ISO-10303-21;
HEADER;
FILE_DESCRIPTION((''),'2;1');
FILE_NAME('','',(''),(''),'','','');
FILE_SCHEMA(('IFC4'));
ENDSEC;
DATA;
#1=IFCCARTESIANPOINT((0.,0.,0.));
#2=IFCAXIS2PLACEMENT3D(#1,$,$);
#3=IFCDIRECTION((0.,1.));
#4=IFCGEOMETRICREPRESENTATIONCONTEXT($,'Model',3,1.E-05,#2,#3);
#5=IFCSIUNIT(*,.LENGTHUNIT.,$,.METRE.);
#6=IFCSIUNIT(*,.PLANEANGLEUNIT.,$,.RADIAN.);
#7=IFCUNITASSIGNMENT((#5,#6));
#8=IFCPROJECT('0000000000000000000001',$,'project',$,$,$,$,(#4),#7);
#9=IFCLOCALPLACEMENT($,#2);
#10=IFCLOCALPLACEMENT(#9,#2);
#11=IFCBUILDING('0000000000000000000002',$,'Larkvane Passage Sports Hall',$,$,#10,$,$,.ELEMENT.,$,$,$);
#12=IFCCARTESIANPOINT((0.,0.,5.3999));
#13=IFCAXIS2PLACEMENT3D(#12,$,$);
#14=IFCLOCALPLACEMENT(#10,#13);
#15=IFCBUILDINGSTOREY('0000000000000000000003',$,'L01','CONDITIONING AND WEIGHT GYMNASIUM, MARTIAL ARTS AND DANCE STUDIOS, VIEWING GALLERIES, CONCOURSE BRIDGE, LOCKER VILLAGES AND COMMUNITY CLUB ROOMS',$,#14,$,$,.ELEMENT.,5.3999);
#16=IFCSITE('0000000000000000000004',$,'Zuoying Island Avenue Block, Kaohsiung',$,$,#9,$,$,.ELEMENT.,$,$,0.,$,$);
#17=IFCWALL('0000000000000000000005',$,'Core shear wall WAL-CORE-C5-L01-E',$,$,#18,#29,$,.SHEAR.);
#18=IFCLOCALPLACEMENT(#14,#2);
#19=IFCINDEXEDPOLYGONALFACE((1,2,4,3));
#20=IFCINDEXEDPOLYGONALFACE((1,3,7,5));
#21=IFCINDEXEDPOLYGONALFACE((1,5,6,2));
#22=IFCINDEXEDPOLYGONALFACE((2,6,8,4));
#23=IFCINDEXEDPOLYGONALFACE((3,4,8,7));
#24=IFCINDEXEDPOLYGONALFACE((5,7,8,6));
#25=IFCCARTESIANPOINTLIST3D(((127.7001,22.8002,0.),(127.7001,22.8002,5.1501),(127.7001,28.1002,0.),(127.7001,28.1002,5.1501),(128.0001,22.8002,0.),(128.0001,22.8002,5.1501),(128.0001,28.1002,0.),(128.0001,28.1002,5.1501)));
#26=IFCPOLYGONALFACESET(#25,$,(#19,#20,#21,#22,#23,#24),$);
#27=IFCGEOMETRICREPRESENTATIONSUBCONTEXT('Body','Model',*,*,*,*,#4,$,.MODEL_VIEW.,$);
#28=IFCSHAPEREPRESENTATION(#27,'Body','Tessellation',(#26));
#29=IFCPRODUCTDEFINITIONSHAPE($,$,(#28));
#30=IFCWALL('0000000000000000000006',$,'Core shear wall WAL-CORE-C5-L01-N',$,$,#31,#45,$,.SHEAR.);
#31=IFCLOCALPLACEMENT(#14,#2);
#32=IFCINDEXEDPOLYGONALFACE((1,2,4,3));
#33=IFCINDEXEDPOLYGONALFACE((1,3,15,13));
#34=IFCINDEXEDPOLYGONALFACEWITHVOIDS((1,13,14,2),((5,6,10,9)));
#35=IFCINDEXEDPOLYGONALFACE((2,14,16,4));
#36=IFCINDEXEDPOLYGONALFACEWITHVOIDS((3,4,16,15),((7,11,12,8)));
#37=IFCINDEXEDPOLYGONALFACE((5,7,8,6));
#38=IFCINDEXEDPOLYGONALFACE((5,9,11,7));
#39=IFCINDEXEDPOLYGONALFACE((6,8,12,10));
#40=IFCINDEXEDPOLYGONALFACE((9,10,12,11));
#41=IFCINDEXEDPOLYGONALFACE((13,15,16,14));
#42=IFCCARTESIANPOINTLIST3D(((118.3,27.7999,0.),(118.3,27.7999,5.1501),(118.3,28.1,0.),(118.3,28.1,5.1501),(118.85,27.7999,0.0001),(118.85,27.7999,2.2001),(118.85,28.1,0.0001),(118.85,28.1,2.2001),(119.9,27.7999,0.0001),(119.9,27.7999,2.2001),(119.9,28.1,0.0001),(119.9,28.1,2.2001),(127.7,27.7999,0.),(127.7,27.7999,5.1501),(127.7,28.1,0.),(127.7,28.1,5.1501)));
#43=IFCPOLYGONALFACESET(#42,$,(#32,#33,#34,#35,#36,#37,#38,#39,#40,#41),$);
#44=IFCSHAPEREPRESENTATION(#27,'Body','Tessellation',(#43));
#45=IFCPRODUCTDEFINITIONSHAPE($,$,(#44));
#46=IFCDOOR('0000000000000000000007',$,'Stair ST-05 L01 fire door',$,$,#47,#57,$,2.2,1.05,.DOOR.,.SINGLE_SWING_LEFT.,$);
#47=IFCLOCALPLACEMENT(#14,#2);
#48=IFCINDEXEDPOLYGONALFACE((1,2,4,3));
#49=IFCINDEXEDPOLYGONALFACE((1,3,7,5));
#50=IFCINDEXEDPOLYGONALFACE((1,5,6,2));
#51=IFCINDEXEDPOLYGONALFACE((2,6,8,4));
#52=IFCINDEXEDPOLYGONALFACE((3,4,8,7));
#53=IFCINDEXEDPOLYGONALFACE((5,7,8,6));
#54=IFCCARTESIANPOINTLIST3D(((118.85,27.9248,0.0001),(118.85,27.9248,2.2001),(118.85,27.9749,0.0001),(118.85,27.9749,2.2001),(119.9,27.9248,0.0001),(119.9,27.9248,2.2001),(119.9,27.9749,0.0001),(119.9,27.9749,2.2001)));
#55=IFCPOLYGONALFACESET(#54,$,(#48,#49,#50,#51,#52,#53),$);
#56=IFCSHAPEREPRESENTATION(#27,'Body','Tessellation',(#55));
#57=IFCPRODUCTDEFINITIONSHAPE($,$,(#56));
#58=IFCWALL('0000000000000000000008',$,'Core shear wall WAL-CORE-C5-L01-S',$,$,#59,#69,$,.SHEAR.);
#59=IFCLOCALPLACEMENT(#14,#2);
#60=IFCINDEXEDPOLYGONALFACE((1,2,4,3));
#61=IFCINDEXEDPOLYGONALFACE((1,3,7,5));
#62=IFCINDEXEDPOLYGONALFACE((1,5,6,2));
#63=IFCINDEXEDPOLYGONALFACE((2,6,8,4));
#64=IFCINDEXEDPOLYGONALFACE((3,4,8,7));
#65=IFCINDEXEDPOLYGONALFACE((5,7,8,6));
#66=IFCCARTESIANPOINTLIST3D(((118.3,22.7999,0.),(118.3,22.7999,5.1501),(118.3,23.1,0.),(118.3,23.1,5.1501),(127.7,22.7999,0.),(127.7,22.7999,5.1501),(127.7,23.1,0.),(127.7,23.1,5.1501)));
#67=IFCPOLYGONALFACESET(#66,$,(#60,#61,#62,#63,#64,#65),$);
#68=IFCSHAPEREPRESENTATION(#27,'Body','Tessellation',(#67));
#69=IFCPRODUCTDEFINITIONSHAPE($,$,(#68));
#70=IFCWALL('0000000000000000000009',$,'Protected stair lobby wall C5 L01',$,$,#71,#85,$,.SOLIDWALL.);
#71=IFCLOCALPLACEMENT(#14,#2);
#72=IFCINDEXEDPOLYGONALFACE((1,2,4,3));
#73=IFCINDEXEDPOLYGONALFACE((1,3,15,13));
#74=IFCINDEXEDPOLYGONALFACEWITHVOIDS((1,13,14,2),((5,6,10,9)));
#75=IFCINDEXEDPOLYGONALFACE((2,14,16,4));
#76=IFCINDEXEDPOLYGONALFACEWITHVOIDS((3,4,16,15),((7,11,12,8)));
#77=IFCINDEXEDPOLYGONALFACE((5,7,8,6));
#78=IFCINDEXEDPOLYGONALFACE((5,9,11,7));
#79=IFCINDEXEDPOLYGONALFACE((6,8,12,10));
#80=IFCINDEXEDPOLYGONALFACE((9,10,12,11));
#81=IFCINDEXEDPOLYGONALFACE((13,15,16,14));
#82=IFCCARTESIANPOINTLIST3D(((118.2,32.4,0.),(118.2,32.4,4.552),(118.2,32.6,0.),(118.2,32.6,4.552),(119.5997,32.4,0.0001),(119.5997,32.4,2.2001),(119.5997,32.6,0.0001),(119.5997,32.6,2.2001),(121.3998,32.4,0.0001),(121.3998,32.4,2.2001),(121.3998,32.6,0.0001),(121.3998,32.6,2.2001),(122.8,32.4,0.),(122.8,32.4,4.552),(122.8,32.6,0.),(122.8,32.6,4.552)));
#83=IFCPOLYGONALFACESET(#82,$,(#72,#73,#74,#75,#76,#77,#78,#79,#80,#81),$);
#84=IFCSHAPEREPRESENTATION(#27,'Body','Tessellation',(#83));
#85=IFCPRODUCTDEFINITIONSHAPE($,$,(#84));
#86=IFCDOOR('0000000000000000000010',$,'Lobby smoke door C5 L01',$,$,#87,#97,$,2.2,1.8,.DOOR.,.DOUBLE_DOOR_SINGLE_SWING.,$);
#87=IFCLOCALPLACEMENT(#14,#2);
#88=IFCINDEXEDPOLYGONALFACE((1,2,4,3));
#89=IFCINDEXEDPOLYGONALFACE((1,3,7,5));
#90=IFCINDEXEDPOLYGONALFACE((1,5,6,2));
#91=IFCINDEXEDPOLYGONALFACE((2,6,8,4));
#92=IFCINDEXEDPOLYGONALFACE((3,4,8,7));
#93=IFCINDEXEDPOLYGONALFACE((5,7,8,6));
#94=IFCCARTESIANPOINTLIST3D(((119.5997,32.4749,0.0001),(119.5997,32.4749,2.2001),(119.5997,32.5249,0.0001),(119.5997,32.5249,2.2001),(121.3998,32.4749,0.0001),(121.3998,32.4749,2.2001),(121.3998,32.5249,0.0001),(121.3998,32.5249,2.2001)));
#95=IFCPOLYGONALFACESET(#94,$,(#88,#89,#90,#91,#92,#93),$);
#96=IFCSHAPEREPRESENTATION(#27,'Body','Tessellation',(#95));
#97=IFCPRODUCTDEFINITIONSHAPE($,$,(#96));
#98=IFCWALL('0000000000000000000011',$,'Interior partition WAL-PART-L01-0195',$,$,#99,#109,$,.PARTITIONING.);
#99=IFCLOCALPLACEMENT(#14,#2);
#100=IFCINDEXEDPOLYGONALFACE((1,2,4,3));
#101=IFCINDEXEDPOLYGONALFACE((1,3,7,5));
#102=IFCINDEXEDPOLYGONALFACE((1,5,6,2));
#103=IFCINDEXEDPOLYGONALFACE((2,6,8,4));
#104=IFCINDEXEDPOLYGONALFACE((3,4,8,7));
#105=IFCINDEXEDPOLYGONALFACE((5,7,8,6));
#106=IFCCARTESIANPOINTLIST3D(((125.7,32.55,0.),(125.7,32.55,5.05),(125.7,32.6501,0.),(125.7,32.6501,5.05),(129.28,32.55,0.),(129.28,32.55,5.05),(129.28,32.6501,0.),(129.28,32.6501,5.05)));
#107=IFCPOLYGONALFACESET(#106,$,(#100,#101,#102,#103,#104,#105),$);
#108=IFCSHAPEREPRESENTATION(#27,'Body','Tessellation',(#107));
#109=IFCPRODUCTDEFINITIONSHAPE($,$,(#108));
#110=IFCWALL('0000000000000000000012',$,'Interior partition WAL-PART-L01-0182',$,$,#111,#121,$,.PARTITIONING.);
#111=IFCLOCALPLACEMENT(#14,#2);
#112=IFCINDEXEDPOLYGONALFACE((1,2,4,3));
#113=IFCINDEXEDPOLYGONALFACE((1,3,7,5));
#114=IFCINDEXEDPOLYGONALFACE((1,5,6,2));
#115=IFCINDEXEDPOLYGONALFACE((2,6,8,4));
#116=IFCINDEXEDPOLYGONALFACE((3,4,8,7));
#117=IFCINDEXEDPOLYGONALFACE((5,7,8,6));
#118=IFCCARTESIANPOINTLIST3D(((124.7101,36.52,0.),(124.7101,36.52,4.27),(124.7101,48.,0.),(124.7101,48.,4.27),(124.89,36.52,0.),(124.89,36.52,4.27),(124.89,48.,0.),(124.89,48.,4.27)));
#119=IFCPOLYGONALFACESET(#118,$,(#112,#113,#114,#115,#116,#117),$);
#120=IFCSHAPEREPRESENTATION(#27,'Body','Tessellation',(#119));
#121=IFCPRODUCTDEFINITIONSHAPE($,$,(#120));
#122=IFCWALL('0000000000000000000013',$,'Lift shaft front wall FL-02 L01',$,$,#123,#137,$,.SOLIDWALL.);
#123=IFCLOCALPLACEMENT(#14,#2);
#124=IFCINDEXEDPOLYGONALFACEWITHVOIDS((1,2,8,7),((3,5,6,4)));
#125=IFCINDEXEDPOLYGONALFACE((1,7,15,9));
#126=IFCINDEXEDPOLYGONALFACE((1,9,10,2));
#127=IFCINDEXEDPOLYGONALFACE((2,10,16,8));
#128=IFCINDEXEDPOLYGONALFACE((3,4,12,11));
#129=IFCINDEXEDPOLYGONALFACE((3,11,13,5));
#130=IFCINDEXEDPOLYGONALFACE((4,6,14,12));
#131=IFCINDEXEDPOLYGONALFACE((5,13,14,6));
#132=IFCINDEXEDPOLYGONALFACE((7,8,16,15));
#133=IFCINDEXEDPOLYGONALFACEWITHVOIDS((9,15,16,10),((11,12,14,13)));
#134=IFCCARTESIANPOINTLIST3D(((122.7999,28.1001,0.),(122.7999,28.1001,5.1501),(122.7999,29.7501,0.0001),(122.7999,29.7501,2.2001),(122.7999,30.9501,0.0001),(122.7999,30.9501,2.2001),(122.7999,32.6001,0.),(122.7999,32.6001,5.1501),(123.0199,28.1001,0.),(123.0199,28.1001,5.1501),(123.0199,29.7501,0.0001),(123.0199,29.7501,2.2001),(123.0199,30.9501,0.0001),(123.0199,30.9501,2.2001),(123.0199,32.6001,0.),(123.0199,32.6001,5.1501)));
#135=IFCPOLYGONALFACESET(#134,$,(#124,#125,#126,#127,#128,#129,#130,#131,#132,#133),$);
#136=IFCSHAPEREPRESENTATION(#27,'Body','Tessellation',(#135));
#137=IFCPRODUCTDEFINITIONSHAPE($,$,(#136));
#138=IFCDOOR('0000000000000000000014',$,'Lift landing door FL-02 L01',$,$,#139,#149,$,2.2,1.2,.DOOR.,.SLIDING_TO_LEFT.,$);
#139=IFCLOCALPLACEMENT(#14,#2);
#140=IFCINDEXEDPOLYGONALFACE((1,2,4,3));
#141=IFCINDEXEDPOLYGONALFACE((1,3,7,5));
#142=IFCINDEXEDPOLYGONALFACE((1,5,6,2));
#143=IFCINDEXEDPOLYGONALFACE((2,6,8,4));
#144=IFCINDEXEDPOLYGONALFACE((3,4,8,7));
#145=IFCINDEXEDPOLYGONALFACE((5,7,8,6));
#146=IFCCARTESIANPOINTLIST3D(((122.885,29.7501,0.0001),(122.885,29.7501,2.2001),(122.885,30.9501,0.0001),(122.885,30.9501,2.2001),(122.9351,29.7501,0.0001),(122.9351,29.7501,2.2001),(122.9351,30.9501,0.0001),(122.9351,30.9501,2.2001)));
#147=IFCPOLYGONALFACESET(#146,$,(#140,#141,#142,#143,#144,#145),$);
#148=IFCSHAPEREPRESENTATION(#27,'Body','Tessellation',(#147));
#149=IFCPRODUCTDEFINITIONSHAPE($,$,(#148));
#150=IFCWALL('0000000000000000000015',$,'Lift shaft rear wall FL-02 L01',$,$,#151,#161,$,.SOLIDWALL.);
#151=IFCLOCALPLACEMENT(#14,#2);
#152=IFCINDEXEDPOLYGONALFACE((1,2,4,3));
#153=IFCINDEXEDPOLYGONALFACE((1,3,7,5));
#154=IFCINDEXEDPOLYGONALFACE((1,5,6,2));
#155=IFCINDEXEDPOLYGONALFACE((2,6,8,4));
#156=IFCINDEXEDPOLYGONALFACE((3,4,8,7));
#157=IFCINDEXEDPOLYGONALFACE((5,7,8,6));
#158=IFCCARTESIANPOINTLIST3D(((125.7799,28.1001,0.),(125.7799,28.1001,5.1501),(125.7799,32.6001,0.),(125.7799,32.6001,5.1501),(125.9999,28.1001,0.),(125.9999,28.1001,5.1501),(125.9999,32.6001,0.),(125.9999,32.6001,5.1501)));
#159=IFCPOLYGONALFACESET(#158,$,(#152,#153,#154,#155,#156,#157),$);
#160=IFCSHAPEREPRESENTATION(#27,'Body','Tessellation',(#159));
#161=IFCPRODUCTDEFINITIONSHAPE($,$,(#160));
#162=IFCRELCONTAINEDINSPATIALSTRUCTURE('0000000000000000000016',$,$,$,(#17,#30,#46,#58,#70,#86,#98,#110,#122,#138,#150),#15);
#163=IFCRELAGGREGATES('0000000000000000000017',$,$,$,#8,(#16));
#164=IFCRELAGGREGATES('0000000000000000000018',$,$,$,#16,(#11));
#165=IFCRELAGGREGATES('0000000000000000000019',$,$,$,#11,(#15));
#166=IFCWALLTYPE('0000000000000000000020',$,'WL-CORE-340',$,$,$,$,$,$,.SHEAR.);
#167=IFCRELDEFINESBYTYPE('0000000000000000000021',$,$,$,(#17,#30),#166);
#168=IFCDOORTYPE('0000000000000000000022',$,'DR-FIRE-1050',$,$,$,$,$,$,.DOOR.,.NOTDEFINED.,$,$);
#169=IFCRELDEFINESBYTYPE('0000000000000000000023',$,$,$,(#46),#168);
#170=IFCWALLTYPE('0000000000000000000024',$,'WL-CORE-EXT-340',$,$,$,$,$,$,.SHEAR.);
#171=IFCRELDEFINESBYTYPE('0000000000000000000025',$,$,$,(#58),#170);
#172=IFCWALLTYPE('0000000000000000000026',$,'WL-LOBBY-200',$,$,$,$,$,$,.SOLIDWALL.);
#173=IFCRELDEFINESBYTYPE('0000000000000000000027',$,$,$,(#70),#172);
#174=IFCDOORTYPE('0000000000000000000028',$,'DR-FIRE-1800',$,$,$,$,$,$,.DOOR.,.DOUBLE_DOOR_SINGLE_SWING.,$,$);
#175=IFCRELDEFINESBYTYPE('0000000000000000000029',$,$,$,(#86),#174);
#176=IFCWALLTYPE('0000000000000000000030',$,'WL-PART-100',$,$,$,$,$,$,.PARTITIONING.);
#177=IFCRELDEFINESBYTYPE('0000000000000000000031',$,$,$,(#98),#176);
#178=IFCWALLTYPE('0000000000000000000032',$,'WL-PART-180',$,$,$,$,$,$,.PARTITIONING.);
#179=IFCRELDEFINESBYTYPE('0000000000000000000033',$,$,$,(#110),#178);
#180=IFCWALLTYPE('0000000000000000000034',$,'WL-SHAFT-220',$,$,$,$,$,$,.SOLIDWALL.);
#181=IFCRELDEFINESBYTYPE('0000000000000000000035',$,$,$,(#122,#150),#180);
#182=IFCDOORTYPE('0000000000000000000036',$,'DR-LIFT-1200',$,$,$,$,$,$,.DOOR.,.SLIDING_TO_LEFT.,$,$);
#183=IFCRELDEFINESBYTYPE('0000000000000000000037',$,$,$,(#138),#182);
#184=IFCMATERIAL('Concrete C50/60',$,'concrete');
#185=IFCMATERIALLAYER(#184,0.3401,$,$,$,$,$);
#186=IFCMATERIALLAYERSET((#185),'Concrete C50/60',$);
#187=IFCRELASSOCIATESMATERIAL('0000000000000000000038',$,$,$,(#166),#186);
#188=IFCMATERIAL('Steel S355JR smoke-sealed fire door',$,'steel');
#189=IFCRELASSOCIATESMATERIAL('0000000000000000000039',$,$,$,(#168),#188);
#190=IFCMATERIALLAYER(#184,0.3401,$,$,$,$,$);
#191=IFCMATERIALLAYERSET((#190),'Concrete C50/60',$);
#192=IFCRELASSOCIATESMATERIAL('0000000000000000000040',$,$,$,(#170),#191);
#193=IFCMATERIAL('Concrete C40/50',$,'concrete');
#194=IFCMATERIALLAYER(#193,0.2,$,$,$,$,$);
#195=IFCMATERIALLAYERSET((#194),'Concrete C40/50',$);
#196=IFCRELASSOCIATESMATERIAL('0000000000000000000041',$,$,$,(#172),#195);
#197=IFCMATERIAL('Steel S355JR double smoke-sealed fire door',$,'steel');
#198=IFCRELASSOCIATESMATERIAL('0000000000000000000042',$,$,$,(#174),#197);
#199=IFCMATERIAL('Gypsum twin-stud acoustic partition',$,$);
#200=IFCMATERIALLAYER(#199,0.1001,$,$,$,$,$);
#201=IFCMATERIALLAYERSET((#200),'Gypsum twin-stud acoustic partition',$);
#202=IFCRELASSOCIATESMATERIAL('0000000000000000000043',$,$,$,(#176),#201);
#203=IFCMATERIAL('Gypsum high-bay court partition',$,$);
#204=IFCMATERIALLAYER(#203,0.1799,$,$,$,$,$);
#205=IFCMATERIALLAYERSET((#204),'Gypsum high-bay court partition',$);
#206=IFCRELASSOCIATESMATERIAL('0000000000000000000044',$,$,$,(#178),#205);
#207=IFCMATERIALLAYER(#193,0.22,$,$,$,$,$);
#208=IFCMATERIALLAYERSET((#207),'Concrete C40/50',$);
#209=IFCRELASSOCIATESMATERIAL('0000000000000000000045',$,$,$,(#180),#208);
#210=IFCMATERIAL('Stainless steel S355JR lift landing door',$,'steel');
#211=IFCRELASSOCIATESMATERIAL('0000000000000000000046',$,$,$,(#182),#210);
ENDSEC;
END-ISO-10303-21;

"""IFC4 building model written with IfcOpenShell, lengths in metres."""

from ifc_helpers import new_model, si_unit, direction, frame, frame_2d, origin, place, context, subcontext, project, spatial, rectangle, extrude, material, layer, layer_set, type_object, element, fill, save


model = new_model("IFC4")

# Units and contexts
model_context = context("Model", 3, precision=1e-05, world=origin(), true_north=direction((0.0, 1.0)))
body_context = subcontext(model_context, "Body", "Model", "MODEL_VIEW")
ifc_project = project(units=[si_unit("LENGTHUNIT", "METRE"), si_unit("PLANEANGLEUNIT", "RADIAN")], contexts=[model_context])

# Site, building, storey
site_placement = place(None, origin())
site = spatial("IfcSite", under=ifc_project, at=site_placement, Name="Zuoying Island Avenue Block, Kaohsiung", CompositionType="ELEMENT", RefElevation=0.0)
building_placement = place(site_placement, origin())
building = spatial("IfcBuilding", under=site, at=building_placement, Name="Larkvane Passage Sports Hall", CompositionType="ELEMENT")
storey_placement = place(building_placement, frame((0.0, 0.0, 5.3999)))
storey = spatial("IfcBuildingStorey", under=building, at=storey_placement, Name="L01", Description="CONDITIONING AND WEIGHT GYMNASIUM, MARTIAL ARTS AND DANCE STUDIOS, VIEWING GALLERIES, CONCOURSE BRIDGE, LOCKER VILLAGES AND COMMUNITY CLUB ROOMS", CompositionType="ELEMENT", Elevation=5.3999)

# Wall
ifc_material_1 = material(Name="Concrete C50/60", Category="concrete")
ifc_layer_1 = layer(ifc_material_1, 0.3401)
ifc_layer_set_1 = layer_set([ifc_layer_1], Name="Concrete C50/60")
wall_type_1 = type_object("IfcWallType", Name="WL-CORE-340", PredefinedType="SHEAR", material=ifc_layer_set_1)
wall_1_placement = place(storey_placement, frame((127.8501, 28.1001, 0.0), z_axis=(0.0, 0.0, 1.0), x_axis=(0.0, -1.0, 0.0)))
element("IfcWall", 1, at=wall_1_placement, inside=storey, type_object=wall_type_1, Name="Core shear wall WAL-CORE-C5-L01-E", PredefinedType="SHEAR", context=body_context, shape_type="SweptSolid", body=[
    extrude(rectangle(XDim=5.3, YDim=0.3, at=frame_2d((2.6499, 0.0))), origin(), (0.0, 0.0, 1.0), 5.1501),
])

# Wall, opening, door
wall_2_placement = place(storey_placement, frame((118.3, 27.95, 0.0), z_axis=(0.0, 0.0, 1.0), x_axis=(1.0, 0.0, 0.0)))
wall_2 = element("IfcWall", 2, at=wall_2_placement, inside=storey, type_object=wall_type_1, Name="Core shear wall WAL-CORE-C5-L01-N", PredefinedType="SHEAR", context=body_context, shape_type="SweptSolid", body=[
    extrude(rectangle(XDim=9.3999, YDim=0.3, at=frame_2d((4.7, 0.0))), origin(), (0.0, 0.0, 1.0), 5.1501),
])
opening_1_placement = place(wall_2_placement, frame((0.55, 0.0, 0.0)))
opening_1 = element("IfcOpeningElement", 3, at=opening_1_placement, cuts=wall_2, PredefinedType="OPENING", context=body_context, shape_type="SweptSolid", body=[
    extrude(rectangle(XDim=1.05, YDim=2.2, at=frame_2d((0.5249, 1.1001))), frame((0.0, 0.1599, 0.0), z_axis=(0.0, -1.0, 0.0), x_axis=(1.0, 0.0, 0.0)), (0.0, 0.0, 1.0), 0.3201),
])
ifc_material_2 = material(Name="Steel S355JR smoke-sealed fire door", Category="steel")
door_type_1 = type_object("IfcDoorType", Name="DR-FIRE-1050", OperationType="NOTDEFINED", PredefinedType="DOOR", material=ifc_material_2)
door_1_placement = place(opening_1_placement, origin())
door_1 = element("IfcDoor", 4, at=door_1_placement, inside=storey, type_object=door_type_1, Name="Stair ST-05 L01 fire door", OperationType="SINGLE_SWING_LEFT", OverallHeight=2.2, OverallWidth=1.05, PredefinedType="DOOR", context=body_context, shape_type="SweptSolid", body=[
    extrude(rectangle(XDim=1.05, YDim=2.2, at=frame_2d((0.5249, 1.1001))), frame((0.0, 0.0249, 0.0), z_axis=(0.0, -1.0, 0.0), x_axis=(1.0, 0.0, 0.0)), (0.0, 0.0, 1.0), 0.05),
])
fill(opening_1, door_1)

# Wall
ifc_layer_2 = layer(ifc_material_1, 0.3401)
ifc_layer_set_2 = layer_set([ifc_layer_2], Name="Concrete C50/60")
wall_type_2 = type_object("IfcWallType", Name="WL-CORE-EXT-340", PredefinedType="SHEAR", material=ifc_layer_set_2)
wall_3_placement = place(storey_placement, frame((127.7, 22.95, 0.0), z_axis=(0.0, 0.0, 1.0), x_axis=(-1.0, 0.0, 0.0)))
element("IfcWall", 5, at=wall_3_placement, inside=storey, type_object=wall_type_2, Name="Core shear wall WAL-CORE-C5-L01-S", PredefinedType="SHEAR", context=body_context, shape_type="SweptSolid", body=[
    extrude(rectangle(XDim=9.3999, YDim=0.3, at=frame_2d((4.7, 0.0))), origin(), (0.0, 0.0, 1.0), 5.1501),
])

# Wall, opening, door
ifc_material_3 = material(Name="Concrete C40/50", Category="concrete")
ifc_layer_3 = layer(ifc_material_3, 0.2)
ifc_layer_set_3 = layer_set([ifc_layer_3], Name="Concrete C40/50")
wall_type_3 = type_object("IfcWallType", Name="WL-LOBBY-200", PredefinedType="SOLIDWALL", material=ifc_layer_set_3)
wall_4_placement = place(storey_placement, frame((118.2, 32.5, 0.0), z_axis=(0.0, 0.0, 1.0), x_axis=(1.0, 0.0, 0.0)))
wall_4 = element("IfcWall", 6, at=wall_4_placement, inside=storey, type_object=wall_type_3, Name="Protected stair lobby wall C5 L01", PredefinedType="SOLIDWALL", context=body_context, shape_type="SweptSolid", body=[
    extrude(rectangle(XDim=4.6001, YDim=0.2, at=frame_2d((2.3, 0.0))), origin(), (0.0, 0.0, 1.0), 4.552),
])
opening_2_placement = place(wall_4_placement, frame((1.3999, 0.0, 0.0)))
opening_2 = element("IfcOpeningElement", 7, at=opening_2_placement, cuts=wall_4, PredefinedType="OPENING", context=body_context, shape_type="SweptSolid", body=[
    extrude(rectangle(XDim=1.8, YDim=2.2, at=frame_2d((0.8999, 1.1001))), frame((0.0, 0.1099, 0.0), z_axis=(0.0, -1.0, 0.0), x_axis=(1.0, 0.0, 0.0)), (0.0, 0.0, 1.0), 0.22),
])
ifc_material_4 = material(Name="Steel S355JR double smoke-sealed fire door", Category="steel")
door_type_2 = type_object("IfcDoorType", Name="DR-FIRE-1800", OperationType="DOUBLE_DOOR_SINGLE_SWING", PredefinedType="DOOR", material=ifc_material_4)
door_2_placement = place(opening_2_placement, origin())
door_2 = element("IfcDoor", 8, at=door_2_placement, inside=storey, type_object=door_type_2, Name="Lobby smoke door C5 L01", OperationType="DOUBLE_DOOR_SINGLE_SWING", OverallHeight=2.2, OverallWidth=1.8, PredefinedType="DOOR", context=body_context, shape_type="SweptSolid", body=[
    extrude(rectangle(XDim=1.8, YDim=2.2, at=frame_2d((0.8999, 1.1001))), frame((0.0, 0.0249, 0.0), z_axis=(0.0, -1.0, 0.0), x_axis=(1.0, 0.0, 0.0)), (0.0, 0.0, 1.0), 0.05),
])
fill(opening_2, door_2)

# Walls
ifc_material_5 = material(Name="Gypsum twin-stud acoustic partition")
ifc_layer_4 = layer(ifc_material_5, 0.1001)
ifc_layer_set_4 = layer_set([ifc_layer_4], Name="Gypsum twin-stud acoustic partition")
wall_type_4 = type_object("IfcWallType", Name="WL-PART-100", PredefinedType="PARTITIONING", material=ifc_layer_set_4)
wall_5_placement = place(storey_placement, frame((129.28, 32.6001, 0.0), z_axis=(0.0, 0.0, 1.0), x_axis=(-1.0, 0.0, 0.0)))
element("IfcWall", 9, at=wall_5_placement, inside=storey, type_object=wall_type_4, Name="Interior partition WAL-PART-L01-0195", PredefinedType="PARTITIONING", context=body_context, shape_type="SweptSolid", body=[
    extrude(rectangle(XDim=3.5801, YDim=0.1001, at=frame_2d((1.79, 0.0))), origin(), (0.0, 0.0, 1.0), 5.05),
])
ifc_material_6 = material(Name="Gypsum high-bay court partition")
ifc_layer_5 = layer(ifc_material_6, 0.1799)
ifc_layer_set_5 = layer_set([ifc_layer_5], Name="Gypsum high-bay court partition")
wall_type_5 = type_object("IfcWallType", Name="WL-PART-180", PredefinedType="PARTITIONING", material=ifc_layer_set_5)
wall_6_placement = place(storey_placement, frame((124.8, 36.52, 0.0), z_axis=(0.0, 0.0, 1.0), x_axis=(0.0, 1.0, 0.0)))
element("IfcWall", 10, at=wall_6_placement, inside=storey, type_object=wall_type_5, Name="Interior partition WAL-PART-L01-0182", PredefinedType="PARTITIONING", context=body_context, shape_type="SweptSolid", body=[
    extrude(rectangle(XDim=11.48, YDim=0.1799, at=frame_2d((5.74, 0.0))), origin(), (0.0, 0.0, 1.0), 4.27),
])

# Wall, opening, door
ifc_layer_6 = layer(ifc_material_3, 0.22)
ifc_layer_set_6 = layer_set([ifc_layer_6], Name="Concrete C40/50")
wall_type_6 = type_object("IfcWallType", Name="WL-SHAFT-220", PredefinedType="SOLIDWALL", material=ifc_layer_set_6)
wall_7_placement = place(storey_placement, frame((122.9099, 28.1001, 0.0), z_axis=(0.0, 0.0, 1.0), x_axis=(0.0, 1.0, 0.0)))
wall_7 = element("IfcWall", 11, at=wall_7_placement, inside=storey, type_object=wall_type_6, Name="Lift shaft front wall FL-02 L01", PredefinedType="SOLIDWALL", context=body_context, shape_type="SweptSolid", body=[
    extrude(rectangle(XDim=4.5, YDim=0.22, at=frame_2d((2.25, 0.0))), origin(), (0.0, 0.0, 1.0), 5.1501),
])
opening_3_placement = place(wall_7_placement, frame((1.6499, 0.0, 0.0)))
opening_3 = element("IfcOpeningElement", 12, at=opening_3_placement, cuts=wall_7, PredefinedType="OPENING", context=body_context, shape_type="SweptSolid", body=[
    extrude(rectangle(XDim=1.2, YDim=2.2, at=frame_2d((0.6001, 1.1001))), frame((0.0, 0.1199, 0.0), z_axis=(0.0, -1.0, 0.0), x_axis=(1.0, 0.0, 0.0)), (0.0, 0.0, 1.0), 0.24),
])
ifc_material_7 = material(Name="Stainless steel S355JR lift landing door", Category="steel")
door_type_3 = type_object("IfcDoorType", Name="DR-LIFT-1200", OperationType="SLIDING_TO_LEFT", PredefinedType="DOOR", material=ifc_material_7)
door_3_placement = place(opening_3_placement, origin())
door_3 = element("IfcDoor", 13, at=door_3_placement, inside=storey, type_object=door_type_3, Name="Lift landing door FL-02 L01", OperationType="SLIDING_TO_LEFT", OverallHeight=2.2, OverallWidth=1.2, PredefinedType="DOOR", context=body_context, shape_type="SweptSolid", body=[
    extrude(rectangle(XDim=1.2, YDim=2.2, at=frame_2d((0.6001, 1.1001))), frame((0.0, 0.0249, 0.0), z_axis=(0.0, -1.0, 0.0), x_axis=(1.0, 0.0, 0.0)), (0.0, 0.0, 1.0), 0.05),
])
fill(opening_3, door_3)

# Wall
wall_8_placement = place(storey_placement, frame((125.8899, 28.1001, 0.0), z_axis=(0.0, 0.0, 1.0), x_axis=(0.0, 1.0, 0.0)))
element("IfcWall", 14, at=wall_8_placement, inside=storey, type_object=wall_type_6, Name="Lift shaft rear wall FL-02 L01", PredefinedType="SOLIDWALL", context=body_context, shape_type="SweptSolid", body=[
    extrude(rectangle(XDim=4.5, YDim=0.22, at=frame_2d((2.25, 0.0))), origin(), (0.0, 0.0, 1.0), 5.1501),
])

save(model, "model.ifc")
